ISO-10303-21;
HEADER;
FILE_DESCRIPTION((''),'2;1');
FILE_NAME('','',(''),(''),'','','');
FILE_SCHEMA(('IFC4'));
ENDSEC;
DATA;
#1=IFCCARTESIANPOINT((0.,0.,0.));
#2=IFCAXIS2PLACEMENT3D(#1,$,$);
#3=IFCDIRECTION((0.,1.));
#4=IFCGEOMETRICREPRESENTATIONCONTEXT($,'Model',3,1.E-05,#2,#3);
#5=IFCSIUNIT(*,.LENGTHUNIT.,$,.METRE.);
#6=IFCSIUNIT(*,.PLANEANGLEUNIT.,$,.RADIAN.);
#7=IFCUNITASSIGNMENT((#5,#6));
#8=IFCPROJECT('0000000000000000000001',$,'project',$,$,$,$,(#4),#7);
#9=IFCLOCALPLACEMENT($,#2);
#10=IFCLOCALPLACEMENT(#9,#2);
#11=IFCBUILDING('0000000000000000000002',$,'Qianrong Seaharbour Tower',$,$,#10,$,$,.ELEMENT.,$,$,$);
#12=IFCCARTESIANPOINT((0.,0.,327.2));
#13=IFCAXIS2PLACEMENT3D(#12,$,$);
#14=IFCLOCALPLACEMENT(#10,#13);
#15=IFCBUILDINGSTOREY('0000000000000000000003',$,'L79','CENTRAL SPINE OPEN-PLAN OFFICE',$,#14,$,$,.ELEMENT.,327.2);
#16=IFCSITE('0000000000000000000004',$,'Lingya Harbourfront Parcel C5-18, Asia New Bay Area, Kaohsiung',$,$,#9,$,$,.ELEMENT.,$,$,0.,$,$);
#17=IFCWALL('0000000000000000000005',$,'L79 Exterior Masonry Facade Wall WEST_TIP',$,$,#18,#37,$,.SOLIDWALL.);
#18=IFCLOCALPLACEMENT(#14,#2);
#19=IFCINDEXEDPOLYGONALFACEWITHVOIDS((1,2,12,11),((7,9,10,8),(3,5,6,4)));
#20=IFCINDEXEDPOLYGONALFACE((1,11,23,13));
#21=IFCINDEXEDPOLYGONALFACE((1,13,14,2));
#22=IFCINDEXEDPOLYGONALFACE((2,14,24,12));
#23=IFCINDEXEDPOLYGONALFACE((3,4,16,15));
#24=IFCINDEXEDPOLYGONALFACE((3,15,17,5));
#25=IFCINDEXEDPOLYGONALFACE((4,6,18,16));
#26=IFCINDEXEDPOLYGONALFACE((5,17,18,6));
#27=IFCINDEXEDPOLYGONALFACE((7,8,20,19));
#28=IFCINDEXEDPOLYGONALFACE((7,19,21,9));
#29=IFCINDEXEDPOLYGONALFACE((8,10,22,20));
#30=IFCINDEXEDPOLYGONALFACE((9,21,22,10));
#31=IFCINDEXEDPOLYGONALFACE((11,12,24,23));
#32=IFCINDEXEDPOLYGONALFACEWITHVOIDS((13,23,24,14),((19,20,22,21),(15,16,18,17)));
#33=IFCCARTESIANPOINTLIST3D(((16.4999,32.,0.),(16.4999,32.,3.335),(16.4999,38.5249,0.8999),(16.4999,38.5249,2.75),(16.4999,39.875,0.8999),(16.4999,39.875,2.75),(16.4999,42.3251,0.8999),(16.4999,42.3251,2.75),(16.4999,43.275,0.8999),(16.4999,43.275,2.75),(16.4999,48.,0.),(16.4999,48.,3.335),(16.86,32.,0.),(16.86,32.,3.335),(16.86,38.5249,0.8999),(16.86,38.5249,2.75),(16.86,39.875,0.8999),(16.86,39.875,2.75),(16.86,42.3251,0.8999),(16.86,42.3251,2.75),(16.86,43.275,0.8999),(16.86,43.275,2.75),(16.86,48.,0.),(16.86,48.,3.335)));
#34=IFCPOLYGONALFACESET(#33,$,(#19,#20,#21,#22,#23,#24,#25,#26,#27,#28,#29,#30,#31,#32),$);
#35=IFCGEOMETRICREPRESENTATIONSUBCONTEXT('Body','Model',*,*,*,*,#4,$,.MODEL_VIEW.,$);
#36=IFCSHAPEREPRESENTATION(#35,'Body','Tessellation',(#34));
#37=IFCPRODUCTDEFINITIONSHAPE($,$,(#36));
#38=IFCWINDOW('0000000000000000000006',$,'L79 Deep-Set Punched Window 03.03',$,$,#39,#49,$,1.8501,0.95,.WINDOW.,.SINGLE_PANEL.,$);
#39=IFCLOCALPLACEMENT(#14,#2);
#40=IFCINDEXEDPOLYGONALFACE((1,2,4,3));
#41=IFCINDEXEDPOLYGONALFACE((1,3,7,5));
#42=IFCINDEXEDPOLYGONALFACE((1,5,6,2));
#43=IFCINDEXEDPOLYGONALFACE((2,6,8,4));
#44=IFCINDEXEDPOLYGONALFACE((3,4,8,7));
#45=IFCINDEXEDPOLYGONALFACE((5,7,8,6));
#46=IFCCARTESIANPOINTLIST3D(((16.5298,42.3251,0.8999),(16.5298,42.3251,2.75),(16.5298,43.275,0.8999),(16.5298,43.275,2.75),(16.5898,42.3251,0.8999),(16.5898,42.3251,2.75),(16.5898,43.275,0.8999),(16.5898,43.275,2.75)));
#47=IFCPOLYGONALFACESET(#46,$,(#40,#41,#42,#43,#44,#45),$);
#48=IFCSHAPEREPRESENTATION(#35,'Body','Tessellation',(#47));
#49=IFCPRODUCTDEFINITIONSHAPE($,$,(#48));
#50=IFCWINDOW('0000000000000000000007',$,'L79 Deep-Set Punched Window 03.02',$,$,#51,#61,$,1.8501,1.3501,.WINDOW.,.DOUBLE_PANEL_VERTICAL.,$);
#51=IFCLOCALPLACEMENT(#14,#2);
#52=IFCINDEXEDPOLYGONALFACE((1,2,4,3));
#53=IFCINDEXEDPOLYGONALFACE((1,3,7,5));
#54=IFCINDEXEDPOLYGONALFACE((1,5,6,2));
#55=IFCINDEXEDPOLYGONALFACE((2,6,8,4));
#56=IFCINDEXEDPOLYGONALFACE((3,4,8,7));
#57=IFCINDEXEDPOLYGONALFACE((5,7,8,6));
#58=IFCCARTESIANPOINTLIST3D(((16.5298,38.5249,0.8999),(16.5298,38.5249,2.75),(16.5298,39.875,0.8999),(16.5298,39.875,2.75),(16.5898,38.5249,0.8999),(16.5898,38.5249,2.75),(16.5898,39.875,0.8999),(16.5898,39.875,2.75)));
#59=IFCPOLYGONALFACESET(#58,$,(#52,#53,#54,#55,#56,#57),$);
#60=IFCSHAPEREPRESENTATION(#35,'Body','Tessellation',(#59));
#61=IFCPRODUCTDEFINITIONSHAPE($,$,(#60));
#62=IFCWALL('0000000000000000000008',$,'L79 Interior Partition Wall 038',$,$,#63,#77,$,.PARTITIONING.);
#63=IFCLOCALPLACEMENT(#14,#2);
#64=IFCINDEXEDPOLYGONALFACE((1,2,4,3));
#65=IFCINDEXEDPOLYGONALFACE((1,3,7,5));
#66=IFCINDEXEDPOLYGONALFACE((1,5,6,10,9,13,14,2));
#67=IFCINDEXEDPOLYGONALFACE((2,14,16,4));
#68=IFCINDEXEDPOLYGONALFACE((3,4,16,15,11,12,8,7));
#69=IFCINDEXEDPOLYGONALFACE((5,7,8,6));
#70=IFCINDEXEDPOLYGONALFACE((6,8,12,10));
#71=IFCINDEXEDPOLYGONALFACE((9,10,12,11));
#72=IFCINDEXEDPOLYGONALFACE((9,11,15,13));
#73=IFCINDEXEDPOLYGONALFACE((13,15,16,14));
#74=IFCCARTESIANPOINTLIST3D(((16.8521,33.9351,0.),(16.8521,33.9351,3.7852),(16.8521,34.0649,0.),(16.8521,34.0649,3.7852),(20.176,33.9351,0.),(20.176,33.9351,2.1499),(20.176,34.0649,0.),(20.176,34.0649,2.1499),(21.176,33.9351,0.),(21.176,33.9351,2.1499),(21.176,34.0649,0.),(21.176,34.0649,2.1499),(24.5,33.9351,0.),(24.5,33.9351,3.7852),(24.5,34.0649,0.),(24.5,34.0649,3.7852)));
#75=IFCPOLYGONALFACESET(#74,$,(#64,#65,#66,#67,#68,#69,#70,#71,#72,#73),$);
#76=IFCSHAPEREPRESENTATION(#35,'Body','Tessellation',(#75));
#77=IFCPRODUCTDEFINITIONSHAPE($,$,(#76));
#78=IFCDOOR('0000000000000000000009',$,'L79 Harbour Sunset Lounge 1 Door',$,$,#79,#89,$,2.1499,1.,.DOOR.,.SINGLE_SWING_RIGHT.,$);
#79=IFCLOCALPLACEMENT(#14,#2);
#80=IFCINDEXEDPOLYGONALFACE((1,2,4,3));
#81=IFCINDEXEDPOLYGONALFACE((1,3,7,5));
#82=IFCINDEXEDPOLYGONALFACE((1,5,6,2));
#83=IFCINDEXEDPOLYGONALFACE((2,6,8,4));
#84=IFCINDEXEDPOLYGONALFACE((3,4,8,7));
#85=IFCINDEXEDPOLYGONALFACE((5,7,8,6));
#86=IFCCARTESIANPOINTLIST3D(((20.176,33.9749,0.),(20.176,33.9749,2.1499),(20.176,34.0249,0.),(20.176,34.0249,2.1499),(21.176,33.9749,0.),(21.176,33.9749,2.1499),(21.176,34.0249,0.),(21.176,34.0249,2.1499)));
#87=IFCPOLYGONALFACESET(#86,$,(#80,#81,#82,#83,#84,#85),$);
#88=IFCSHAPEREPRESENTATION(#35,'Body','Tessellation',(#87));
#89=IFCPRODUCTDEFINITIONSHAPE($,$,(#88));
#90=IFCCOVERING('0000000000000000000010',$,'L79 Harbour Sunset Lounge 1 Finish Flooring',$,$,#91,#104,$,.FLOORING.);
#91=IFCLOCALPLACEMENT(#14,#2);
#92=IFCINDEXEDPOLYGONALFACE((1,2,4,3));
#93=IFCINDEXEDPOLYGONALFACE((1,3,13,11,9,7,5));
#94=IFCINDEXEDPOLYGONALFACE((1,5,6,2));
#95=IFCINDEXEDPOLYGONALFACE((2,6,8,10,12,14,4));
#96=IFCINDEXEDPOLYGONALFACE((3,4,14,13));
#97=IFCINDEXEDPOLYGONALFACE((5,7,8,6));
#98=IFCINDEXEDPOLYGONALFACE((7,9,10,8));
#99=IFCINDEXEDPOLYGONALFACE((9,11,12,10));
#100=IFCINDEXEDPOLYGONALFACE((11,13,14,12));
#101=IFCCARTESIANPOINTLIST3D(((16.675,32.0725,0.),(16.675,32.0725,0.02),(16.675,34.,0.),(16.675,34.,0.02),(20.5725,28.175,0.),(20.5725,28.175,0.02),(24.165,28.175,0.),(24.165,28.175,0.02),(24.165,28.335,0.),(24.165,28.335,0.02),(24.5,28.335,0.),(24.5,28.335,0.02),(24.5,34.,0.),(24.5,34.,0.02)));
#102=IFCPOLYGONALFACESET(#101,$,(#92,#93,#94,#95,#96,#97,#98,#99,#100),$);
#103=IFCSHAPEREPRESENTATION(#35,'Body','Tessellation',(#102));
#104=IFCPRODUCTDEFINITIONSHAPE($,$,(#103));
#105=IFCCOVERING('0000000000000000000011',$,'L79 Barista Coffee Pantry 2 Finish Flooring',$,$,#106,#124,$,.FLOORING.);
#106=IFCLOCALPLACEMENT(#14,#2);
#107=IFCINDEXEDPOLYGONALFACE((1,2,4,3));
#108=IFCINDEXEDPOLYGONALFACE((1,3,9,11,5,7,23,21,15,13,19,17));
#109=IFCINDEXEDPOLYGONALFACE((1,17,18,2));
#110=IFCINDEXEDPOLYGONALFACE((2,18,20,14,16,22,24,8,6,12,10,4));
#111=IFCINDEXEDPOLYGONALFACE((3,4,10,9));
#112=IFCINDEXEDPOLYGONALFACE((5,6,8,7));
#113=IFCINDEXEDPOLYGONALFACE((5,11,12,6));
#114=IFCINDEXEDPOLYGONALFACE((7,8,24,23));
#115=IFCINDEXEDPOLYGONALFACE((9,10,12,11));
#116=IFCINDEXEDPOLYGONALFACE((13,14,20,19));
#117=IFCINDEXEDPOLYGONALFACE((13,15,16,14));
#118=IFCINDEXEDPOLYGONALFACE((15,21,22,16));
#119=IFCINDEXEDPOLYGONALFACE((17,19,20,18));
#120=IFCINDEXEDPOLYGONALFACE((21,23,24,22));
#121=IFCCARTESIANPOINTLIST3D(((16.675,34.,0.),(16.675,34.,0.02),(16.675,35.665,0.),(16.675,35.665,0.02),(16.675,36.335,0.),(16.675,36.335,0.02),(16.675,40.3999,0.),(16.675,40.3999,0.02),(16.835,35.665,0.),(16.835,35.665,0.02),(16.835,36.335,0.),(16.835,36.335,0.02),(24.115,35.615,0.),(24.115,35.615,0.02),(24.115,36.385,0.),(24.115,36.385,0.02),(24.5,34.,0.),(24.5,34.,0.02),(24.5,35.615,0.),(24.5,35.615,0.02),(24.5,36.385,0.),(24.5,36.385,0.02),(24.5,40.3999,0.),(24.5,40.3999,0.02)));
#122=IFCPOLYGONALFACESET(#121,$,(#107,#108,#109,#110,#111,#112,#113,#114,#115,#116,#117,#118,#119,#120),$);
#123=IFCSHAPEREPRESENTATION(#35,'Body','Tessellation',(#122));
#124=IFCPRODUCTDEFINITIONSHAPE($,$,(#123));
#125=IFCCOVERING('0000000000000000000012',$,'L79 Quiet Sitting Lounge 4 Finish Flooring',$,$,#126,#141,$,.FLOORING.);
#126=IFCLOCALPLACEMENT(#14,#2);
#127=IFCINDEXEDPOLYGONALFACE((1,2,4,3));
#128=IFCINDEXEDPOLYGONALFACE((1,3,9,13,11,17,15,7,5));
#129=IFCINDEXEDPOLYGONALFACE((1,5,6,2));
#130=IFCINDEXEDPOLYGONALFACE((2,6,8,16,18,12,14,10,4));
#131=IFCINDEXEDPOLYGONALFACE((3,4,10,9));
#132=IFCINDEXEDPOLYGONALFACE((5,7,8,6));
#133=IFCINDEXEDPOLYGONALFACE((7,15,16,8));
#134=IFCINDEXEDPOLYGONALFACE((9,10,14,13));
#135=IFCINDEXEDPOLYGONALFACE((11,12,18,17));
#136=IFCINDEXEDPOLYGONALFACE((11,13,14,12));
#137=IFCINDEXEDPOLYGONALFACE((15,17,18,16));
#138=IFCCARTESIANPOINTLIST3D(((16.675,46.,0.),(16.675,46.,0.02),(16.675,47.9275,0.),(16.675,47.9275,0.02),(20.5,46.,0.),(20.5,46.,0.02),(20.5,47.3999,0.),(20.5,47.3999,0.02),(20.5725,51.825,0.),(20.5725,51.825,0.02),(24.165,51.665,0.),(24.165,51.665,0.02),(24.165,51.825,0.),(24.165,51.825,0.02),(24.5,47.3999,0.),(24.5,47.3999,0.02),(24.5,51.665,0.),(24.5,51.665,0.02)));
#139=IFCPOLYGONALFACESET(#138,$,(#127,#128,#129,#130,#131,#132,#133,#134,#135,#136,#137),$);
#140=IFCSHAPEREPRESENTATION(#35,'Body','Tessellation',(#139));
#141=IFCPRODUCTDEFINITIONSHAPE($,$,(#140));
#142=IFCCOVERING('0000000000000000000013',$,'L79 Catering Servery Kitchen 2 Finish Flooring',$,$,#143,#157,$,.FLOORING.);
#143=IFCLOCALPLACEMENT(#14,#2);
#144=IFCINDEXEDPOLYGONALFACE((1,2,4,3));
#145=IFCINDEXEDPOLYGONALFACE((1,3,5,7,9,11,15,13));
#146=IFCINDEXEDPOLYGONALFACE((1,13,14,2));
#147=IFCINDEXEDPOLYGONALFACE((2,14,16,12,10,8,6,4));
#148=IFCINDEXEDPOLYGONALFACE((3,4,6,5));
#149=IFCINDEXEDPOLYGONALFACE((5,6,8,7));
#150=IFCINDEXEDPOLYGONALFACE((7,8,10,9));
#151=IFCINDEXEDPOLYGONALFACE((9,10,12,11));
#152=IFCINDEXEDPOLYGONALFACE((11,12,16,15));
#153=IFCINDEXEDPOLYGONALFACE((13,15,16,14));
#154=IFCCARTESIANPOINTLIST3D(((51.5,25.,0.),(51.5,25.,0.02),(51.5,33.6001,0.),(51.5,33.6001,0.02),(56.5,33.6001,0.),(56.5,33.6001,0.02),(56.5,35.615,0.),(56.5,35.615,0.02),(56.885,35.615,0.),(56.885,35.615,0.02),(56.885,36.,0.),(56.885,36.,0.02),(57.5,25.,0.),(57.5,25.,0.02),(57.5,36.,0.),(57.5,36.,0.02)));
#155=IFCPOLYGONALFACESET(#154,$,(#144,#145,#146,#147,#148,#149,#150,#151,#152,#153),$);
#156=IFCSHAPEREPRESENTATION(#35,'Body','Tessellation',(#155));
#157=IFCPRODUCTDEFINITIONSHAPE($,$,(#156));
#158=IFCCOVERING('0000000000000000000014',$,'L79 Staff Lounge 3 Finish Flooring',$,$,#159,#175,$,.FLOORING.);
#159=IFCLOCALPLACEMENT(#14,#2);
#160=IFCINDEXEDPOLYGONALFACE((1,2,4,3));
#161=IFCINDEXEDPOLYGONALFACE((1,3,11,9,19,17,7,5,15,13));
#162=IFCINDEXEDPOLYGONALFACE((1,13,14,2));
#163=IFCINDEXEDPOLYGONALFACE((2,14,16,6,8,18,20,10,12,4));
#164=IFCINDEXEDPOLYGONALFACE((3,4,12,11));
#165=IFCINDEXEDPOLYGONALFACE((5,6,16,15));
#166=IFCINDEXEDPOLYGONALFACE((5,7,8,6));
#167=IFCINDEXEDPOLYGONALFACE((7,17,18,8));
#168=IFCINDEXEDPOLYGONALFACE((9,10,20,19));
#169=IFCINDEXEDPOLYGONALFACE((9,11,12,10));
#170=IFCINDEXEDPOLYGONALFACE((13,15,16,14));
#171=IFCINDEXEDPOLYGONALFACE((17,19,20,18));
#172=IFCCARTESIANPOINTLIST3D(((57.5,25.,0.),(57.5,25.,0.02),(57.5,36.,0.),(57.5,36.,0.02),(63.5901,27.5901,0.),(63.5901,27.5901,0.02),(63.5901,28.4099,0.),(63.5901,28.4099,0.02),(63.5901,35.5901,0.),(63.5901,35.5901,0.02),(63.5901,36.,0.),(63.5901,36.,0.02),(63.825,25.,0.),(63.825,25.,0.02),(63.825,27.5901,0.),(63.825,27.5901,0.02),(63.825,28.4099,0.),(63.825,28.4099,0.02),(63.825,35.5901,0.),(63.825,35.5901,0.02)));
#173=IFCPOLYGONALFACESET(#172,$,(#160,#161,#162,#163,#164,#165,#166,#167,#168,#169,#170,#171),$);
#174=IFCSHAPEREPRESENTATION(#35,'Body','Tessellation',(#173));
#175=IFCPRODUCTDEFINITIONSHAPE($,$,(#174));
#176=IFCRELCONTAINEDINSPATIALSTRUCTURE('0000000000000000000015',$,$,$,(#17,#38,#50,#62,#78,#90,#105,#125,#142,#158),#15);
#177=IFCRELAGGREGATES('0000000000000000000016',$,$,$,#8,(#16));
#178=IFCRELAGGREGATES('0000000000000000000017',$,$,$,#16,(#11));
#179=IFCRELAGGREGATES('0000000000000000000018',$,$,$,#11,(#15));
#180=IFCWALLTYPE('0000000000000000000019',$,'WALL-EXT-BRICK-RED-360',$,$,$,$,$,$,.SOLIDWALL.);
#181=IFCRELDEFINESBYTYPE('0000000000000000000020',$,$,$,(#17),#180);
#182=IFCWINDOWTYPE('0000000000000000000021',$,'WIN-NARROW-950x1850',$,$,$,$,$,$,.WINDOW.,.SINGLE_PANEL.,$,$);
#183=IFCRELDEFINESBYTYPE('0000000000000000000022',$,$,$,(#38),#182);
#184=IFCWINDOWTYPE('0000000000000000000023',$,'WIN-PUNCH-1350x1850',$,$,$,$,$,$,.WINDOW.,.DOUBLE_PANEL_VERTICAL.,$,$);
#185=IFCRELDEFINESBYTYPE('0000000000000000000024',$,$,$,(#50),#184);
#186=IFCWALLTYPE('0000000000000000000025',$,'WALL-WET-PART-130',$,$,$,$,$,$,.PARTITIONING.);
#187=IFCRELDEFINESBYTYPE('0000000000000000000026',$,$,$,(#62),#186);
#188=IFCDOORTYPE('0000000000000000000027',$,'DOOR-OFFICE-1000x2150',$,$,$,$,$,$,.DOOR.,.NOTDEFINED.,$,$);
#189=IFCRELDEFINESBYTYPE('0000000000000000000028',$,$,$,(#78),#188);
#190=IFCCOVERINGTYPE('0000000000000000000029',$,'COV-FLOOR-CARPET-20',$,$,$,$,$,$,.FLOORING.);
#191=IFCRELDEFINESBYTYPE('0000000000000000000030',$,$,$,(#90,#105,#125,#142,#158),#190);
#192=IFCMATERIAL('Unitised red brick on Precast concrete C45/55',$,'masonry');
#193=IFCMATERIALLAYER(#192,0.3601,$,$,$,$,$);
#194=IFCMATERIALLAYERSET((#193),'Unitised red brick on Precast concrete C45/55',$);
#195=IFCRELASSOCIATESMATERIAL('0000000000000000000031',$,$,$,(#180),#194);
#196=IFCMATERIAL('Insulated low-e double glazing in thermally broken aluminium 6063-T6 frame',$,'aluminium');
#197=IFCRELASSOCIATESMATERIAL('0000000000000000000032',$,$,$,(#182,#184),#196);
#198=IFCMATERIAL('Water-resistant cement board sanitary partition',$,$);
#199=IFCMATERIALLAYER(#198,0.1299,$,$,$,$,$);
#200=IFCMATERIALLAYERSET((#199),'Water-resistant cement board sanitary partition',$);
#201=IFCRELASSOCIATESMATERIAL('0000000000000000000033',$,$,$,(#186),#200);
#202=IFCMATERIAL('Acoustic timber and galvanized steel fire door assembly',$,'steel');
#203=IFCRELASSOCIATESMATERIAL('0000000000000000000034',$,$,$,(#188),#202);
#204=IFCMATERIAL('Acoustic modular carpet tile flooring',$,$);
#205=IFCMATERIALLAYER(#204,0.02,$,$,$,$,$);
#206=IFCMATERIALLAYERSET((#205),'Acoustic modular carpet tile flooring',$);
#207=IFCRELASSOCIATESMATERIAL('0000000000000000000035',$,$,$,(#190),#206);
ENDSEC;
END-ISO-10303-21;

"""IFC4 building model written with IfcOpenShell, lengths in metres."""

from ifc_helpers import new_model, si_unit, direction, frame, frame_2d, origin, place, context, subcontext, project, spatial, polyline, rectangle, outline, extrude, material, layer, layer_set, type_object, element, fill, save


model = new_model("IFC4")

# Units and contexts
model_context = context("Model", 3, precision=1e-05, world=origin(), true_north=direction((0.0, 1.0)))
body_context = subcontext(model_context, "Body", "Model", "MODEL_VIEW")
ifc_project = project(units=[si_unit("LENGTHUNIT", "METRE"), si_unit("PLANEANGLEUNIT", "RADIAN")], contexts=[model_context])

# Site, building, storey
site_placement = place(None, origin())
site = spatial("IfcSite", under=ifc_project, at=site_placement, Name="Lingya Harbourfront Parcel C5-18, Asia New Bay Area, Kaohsiung", CompositionType="ELEMENT", RefElevation=0.0)
building_placement = place(site_placement, origin())
building = spatial("IfcBuilding", under=site, at=building_placement, Name="Qianrong Seaharbour Tower", CompositionType="ELEMENT")
storey_placement = place(building_placement, frame((0.0, 0.0, 327.2)))
storey = spatial("IfcBuildingStorey", under=building, at=storey_placement, Name="L79", Description="CENTRAL SPINE OPEN-PLAN OFFICE", CompositionType="ELEMENT", Elevation=327.2)

# Shared definitions
ifc_material_1 = material(Name="Unitised red brick on Precast concrete C45/55", Category="masonry")
ifc_layer_1 = layer(ifc_material_1, 0.3601)
ifc_layer_set_1 = layer_set([ifc_layer_1], Name="Unitised red brick on Precast concrete C45/55")
wall_type_1 = type_object("IfcWallType", Name="WALL-EXT-BRICK-RED-360", PredefinedType="SOLIDWALL", material=ifc_layer_set_1)

# Wall, openings, windows
wall_1_placement = place(storey_placement, frame((16.6799, 32.0, 0.0), z_axis=(0.0, 0.0, 1.0), x_axis=(0.0, 1.0, 0.0)))
wall_1 = element("IfcWall", 1, at=wall_1_placement, inside=storey, type_object=wall_type_1, Name="L79 Exterior Masonry Facade Wall WEST_TIP", PredefinedType="SOLIDWALL", context=body_context, shape_type="SweptSolid", body=[
    extrude(rectangle(XDim=16.0, YDim=0.3601, at=frame_2d((8.0, 0.0))), origin(), (0.0, 0.0, 1.0), 3.335),
])
opening_1_placement = place(wall_1_placement, frame((6.5249, 0.0, 0.8999)))
opening_1 = element("IfcOpeningElement", 2, at=opening_1_placement, cuts=wall_1, PredefinedType="OPENING", context=body_context, shape_type="SweptSolid", body=[
    extrude(rectangle(XDim=1.3501, YDim=1.8501, at=frame_2d((0.675, 0.925))), frame((0.0, 0.1899, 0.0), z_axis=(0.0, -1.0, 0.0), x_axis=(1.0, 0.0, 0.0)), (0.0, 0.0, 1.0), 0.3801),
])
opening_2_placement = place(wall_1_placement, frame((10.325, 0.0, 0.8999)))
opening_2 = element("IfcOpeningElement", 3, at=opening_2_placement, cuts=wall_1, PredefinedType="OPENING", context=body_context, shape_type="SweptSolid", body=[
    extrude(rectangle(XDim=0.95, YDim=1.8501, at=frame_2d((0.4751, 0.925))), frame((0.0, 0.1899, 0.0), z_axis=(0.0, -1.0, 0.0), x_axis=(1.0, 0.0, 0.0)), (0.0, 0.0, 1.0), 0.3801),
])
ifc_material_2 = material(Name="Insulated low-e double glazing in thermally broken aluminium 6063-T6 frame", Category="aluminium")
window_type_1 = type_object("IfcWindowType", Name="WIN-NARROW-950x1850", PartitioningType="SINGLE_PANEL", PredefinedType="WINDOW", material=ifc_material_2)
window_1_placement = place(opening_2_placement, origin())
window_1 = element("IfcWindow", 4, at=window_1_placement, inside=storey, type_object=window_type_1, Name="L79 Deep-Set Punched Window 03.03", OverallHeight=1.8501, OverallWidth=0.95, PartitioningType="SINGLE_PANEL", PredefinedType="WINDOW", context=body_context, shape_type="SweptSolid", body=[
    extrude(rectangle(XDim=0.95, YDim=1.8501, at=frame_2d((0.4751, 0.925))), frame((0.0, 0.1501, 0.0), z_axis=(0.0, -1.0, 0.0), x_axis=(1.0, 0.0, 0.0)), (0.0, 0.0, 1.0), 0.0601),
])
fill(opening_2, window_1)
window_type_2 = type_object("IfcWindowType", Name="WIN-PUNCH-1350x1850", PartitioningType="DOUBLE_PANEL_VERTICAL", PredefinedType="WINDOW", material=ifc_material_2)
window_2_placement = place(opening_1_placement, origin())
window_2 = element("IfcWindow", 5, at=window_2_placement, inside=storey, type_object=window_type_2, Name="L79 Deep-Set Punched Window 03.02", OverallHeight=1.8501, OverallWidth=1.3501, PartitioningType="DOUBLE_PANEL_VERTICAL", PredefinedType="WINDOW", context=body_context, shape_type="SweptSolid", body=[
    extrude(rectangle(XDim=1.3501, YDim=1.8501, at=frame_2d((0.675, 0.925))), frame((0.0, 0.1501, 0.0), z_axis=(0.0, -1.0, 0.0), x_axis=(1.0, 0.0, 0.0)), (0.0, 0.0, 1.0), 0.0601),
])
fill(opening_1, window_2)

# Wall, opening, door
ifc_material_3 = material(Name="Water-resistant cement board sanitary partition")
ifc_layer_2 = layer(ifc_material_3, 0.1299)
ifc_layer_set_2 = layer_set([ifc_layer_2], Name="Water-resistant cement board sanitary partition")
wall_type_2 = type_object("IfcWallType", Name="WALL-WET-PART-130", PredefinedType="PARTITIONING", material=ifc_layer_set_2)
wall_2_placement = place(storey_placement, frame((16.8521, 34.0, 0.0), z_axis=(0.0, 0.0, 1.0), x_axis=(1.0, 0.0, 0.0)))
wall_2 = element("IfcWall", 6, at=wall_2_placement, inside=storey, type_object=wall_type_2, Name="L79 Interior Partition Wall 038", PredefinedType="PARTITIONING", context=body_context, shape_type="SweptSolid", body=[
    extrude(rectangle(XDim=7.6479, YDim=0.1299, at=frame_2d((3.824, 0.0))), origin(), (0.0, 0.0, 1.0), 3.7852),
])
opening_3_placement = place(wall_2_placement, frame((3.324, 0.0, 0.0)))
opening_3 = element("IfcOpeningElement", 7, at=opening_3_placement, cuts=wall_2, PredefinedType="OPENING", context=body_context, shape_type="SweptSolid", body=[
    extrude(rectangle(XDim=1.0, YDim=2.1499, at=frame_2d((0.5, 1.075))), frame((0.0, 0.075, 0.0), z_axis=(0.0, -1.0, 0.0), x_axis=(1.0, 0.0, 0.0)), (0.0, 0.0, 1.0), 0.1499),
])
ifc_material_4 = material(Name="Acoustic timber and galvanized steel fire door assembly", Category="steel")
door_type = type_object("IfcDoorType", Name="DOOR-OFFICE-1000x2150", OperationType="NOTDEFINED", PredefinedType="DOOR", material=ifc_material_4)
door_placement = place(opening_3_placement, origin())
door = element("IfcDoor", 8, at=door_placement, inside=storey, type_object=door_type, Name="L79 Harbour Sunset Lounge 1 Door", OperationType="SINGLE_SWING_RIGHT", OverallHeight=2.1499, OverallWidth=1.0, PredefinedType="DOOR", context=body_context, shape_type="SweptSolid", body=[
    extrude(rectangle(XDim=1.0, YDim=2.1499, at=frame_2d((0.5, 1.075))), frame((0.0, 0.0249, 0.0), z_axis=(0.0, -1.0, 0.0), x_axis=(1.0, 0.0, 0.0)), (0.0, 0.0, 1.0), 0.05),
])
fill(opening_3, door)

# Coverings
ifc_material_5 = material(Name="Acoustic modular carpet tile flooring")
ifc_layer_3 = layer(ifc_material_5, 0.02)
ifc_layer_set_3 = layer_set([ifc_layer_3], Name="Acoustic modular carpet tile flooring")
covering_type_1 = type_object("IfcCoveringType", Name="COV-FLOOR-CARPET-20", PredefinedType="FLOORING", material=ifc_layer_set_3)
covering_1_placement = place(storey_placement, origin())
element("IfcCovering", 9, at=covering_1_placement, inside=storey, type_object=covering_type_1, Name="L79 Harbour Sunset Lounge 1 Finish Flooring", PredefinedType="FLOORING", context=body_context, shape_type="SweptSolid", body=[
    extrude(outline(polyline([(20.5725, 28.175), (16.675, 32.0725), (16.675, 34.0), (24.5, 34.0), (24.5, 28.335), (24.165, 28.335), (24.165, 28.175), (20.5725, 28.175)])), origin(), (0.0, 0.0, 1.0), 0.02),
])
covering_2_placement = place(storey_placement, origin())
element("IfcCovering", 10, at=covering_2_placement, inside=storey, type_object=covering_type_1, Name="L79 Barista Coffee Pantry 2 Finish Flooring", PredefinedType="FLOORING", context=body_context, shape_type="SweptSolid", body=[
    extrude(outline(polyline([(16.675, 34.0), (16.675, 35.665), (16.835, 35.665), (16.835, 36.335), (16.675, 36.335), (16.675, 40.3999), (24.5, 40.3999), (24.5, 36.385), (24.115, 36.385), (24.115, 35.615), (24.5, 35.615), (24.5, 34.0), (16.675, 34.0)])), origin(), (0.0, 0.0, 1.0), 0.02),
])
covering_3_placement = place(storey_placement, origin())
element("IfcCovering", 11, at=covering_3_placement, inside=storey, type_object=covering_type_1, Name="L79 Quiet Sitting Lounge 4 Finish Flooring", PredefinedType="FLOORING", context=body_context, shape_type="SweptSolid", body=[
    extrude(outline(polyline([(16.675, 47.9275), (20.5725, 51.825), (24.165, 51.825), (24.165, 51.665), (24.5, 51.665), (24.5, 47.3999), (20.5, 47.3999), (20.5, 46.0), (16.675, 46.0), (16.675, 47.9275)])), origin(), (0.0, 0.0, 1.0), 0.02),
])
covering_4_placement = place(storey_placement, origin())
element("IfcCovering", 12, at=covering_4_placement, inside=storey, type_object=covering_type_1, Name="L79 Catering Servery Kitchen 2 Finish Flooring", PredefinedType="FLOORING", context=body_context, shape_type="SweptSolid", body=[
    extrude(outline(polyline([(56.5, 33.6001), (56.5, 35.615), (56.885, 35.615), (56.885, 36.0), (57.5, 36.0), (57.5, 25.0), (51.5, 25.0), (51.5, 33.6001), (56.5, 33.6001)])), origin(), (0.0, 0.0, 1.0), 0.02),
])
covering_5_placement = place(storey_placement, origin())
element("IfcCovering", 13, at=covering_5_placement, inside=storey, type_object=covering_type_1, Name="L79 Staff Lounge 3 Finish Flooring", PredefinedType="FLOORING", context=body_context, shape_type="SweptSolid", body=[
    extrude(outline(polyline([(63.5901, 36.0), (63.5901, 35.5901), (63.825, 35.5901), (63.825, 28.4099), (63.5901, 28.4099), (63.5901, 27.5901), (63.825, 27.5901), (63.825, 25.0), (57.5, 25.0), (57.5, 36.0), (63.5901, 36.0)])), origin(), (0.0, 0.0, 1.0), 0.02),
])

save(model, "model.ifc")
